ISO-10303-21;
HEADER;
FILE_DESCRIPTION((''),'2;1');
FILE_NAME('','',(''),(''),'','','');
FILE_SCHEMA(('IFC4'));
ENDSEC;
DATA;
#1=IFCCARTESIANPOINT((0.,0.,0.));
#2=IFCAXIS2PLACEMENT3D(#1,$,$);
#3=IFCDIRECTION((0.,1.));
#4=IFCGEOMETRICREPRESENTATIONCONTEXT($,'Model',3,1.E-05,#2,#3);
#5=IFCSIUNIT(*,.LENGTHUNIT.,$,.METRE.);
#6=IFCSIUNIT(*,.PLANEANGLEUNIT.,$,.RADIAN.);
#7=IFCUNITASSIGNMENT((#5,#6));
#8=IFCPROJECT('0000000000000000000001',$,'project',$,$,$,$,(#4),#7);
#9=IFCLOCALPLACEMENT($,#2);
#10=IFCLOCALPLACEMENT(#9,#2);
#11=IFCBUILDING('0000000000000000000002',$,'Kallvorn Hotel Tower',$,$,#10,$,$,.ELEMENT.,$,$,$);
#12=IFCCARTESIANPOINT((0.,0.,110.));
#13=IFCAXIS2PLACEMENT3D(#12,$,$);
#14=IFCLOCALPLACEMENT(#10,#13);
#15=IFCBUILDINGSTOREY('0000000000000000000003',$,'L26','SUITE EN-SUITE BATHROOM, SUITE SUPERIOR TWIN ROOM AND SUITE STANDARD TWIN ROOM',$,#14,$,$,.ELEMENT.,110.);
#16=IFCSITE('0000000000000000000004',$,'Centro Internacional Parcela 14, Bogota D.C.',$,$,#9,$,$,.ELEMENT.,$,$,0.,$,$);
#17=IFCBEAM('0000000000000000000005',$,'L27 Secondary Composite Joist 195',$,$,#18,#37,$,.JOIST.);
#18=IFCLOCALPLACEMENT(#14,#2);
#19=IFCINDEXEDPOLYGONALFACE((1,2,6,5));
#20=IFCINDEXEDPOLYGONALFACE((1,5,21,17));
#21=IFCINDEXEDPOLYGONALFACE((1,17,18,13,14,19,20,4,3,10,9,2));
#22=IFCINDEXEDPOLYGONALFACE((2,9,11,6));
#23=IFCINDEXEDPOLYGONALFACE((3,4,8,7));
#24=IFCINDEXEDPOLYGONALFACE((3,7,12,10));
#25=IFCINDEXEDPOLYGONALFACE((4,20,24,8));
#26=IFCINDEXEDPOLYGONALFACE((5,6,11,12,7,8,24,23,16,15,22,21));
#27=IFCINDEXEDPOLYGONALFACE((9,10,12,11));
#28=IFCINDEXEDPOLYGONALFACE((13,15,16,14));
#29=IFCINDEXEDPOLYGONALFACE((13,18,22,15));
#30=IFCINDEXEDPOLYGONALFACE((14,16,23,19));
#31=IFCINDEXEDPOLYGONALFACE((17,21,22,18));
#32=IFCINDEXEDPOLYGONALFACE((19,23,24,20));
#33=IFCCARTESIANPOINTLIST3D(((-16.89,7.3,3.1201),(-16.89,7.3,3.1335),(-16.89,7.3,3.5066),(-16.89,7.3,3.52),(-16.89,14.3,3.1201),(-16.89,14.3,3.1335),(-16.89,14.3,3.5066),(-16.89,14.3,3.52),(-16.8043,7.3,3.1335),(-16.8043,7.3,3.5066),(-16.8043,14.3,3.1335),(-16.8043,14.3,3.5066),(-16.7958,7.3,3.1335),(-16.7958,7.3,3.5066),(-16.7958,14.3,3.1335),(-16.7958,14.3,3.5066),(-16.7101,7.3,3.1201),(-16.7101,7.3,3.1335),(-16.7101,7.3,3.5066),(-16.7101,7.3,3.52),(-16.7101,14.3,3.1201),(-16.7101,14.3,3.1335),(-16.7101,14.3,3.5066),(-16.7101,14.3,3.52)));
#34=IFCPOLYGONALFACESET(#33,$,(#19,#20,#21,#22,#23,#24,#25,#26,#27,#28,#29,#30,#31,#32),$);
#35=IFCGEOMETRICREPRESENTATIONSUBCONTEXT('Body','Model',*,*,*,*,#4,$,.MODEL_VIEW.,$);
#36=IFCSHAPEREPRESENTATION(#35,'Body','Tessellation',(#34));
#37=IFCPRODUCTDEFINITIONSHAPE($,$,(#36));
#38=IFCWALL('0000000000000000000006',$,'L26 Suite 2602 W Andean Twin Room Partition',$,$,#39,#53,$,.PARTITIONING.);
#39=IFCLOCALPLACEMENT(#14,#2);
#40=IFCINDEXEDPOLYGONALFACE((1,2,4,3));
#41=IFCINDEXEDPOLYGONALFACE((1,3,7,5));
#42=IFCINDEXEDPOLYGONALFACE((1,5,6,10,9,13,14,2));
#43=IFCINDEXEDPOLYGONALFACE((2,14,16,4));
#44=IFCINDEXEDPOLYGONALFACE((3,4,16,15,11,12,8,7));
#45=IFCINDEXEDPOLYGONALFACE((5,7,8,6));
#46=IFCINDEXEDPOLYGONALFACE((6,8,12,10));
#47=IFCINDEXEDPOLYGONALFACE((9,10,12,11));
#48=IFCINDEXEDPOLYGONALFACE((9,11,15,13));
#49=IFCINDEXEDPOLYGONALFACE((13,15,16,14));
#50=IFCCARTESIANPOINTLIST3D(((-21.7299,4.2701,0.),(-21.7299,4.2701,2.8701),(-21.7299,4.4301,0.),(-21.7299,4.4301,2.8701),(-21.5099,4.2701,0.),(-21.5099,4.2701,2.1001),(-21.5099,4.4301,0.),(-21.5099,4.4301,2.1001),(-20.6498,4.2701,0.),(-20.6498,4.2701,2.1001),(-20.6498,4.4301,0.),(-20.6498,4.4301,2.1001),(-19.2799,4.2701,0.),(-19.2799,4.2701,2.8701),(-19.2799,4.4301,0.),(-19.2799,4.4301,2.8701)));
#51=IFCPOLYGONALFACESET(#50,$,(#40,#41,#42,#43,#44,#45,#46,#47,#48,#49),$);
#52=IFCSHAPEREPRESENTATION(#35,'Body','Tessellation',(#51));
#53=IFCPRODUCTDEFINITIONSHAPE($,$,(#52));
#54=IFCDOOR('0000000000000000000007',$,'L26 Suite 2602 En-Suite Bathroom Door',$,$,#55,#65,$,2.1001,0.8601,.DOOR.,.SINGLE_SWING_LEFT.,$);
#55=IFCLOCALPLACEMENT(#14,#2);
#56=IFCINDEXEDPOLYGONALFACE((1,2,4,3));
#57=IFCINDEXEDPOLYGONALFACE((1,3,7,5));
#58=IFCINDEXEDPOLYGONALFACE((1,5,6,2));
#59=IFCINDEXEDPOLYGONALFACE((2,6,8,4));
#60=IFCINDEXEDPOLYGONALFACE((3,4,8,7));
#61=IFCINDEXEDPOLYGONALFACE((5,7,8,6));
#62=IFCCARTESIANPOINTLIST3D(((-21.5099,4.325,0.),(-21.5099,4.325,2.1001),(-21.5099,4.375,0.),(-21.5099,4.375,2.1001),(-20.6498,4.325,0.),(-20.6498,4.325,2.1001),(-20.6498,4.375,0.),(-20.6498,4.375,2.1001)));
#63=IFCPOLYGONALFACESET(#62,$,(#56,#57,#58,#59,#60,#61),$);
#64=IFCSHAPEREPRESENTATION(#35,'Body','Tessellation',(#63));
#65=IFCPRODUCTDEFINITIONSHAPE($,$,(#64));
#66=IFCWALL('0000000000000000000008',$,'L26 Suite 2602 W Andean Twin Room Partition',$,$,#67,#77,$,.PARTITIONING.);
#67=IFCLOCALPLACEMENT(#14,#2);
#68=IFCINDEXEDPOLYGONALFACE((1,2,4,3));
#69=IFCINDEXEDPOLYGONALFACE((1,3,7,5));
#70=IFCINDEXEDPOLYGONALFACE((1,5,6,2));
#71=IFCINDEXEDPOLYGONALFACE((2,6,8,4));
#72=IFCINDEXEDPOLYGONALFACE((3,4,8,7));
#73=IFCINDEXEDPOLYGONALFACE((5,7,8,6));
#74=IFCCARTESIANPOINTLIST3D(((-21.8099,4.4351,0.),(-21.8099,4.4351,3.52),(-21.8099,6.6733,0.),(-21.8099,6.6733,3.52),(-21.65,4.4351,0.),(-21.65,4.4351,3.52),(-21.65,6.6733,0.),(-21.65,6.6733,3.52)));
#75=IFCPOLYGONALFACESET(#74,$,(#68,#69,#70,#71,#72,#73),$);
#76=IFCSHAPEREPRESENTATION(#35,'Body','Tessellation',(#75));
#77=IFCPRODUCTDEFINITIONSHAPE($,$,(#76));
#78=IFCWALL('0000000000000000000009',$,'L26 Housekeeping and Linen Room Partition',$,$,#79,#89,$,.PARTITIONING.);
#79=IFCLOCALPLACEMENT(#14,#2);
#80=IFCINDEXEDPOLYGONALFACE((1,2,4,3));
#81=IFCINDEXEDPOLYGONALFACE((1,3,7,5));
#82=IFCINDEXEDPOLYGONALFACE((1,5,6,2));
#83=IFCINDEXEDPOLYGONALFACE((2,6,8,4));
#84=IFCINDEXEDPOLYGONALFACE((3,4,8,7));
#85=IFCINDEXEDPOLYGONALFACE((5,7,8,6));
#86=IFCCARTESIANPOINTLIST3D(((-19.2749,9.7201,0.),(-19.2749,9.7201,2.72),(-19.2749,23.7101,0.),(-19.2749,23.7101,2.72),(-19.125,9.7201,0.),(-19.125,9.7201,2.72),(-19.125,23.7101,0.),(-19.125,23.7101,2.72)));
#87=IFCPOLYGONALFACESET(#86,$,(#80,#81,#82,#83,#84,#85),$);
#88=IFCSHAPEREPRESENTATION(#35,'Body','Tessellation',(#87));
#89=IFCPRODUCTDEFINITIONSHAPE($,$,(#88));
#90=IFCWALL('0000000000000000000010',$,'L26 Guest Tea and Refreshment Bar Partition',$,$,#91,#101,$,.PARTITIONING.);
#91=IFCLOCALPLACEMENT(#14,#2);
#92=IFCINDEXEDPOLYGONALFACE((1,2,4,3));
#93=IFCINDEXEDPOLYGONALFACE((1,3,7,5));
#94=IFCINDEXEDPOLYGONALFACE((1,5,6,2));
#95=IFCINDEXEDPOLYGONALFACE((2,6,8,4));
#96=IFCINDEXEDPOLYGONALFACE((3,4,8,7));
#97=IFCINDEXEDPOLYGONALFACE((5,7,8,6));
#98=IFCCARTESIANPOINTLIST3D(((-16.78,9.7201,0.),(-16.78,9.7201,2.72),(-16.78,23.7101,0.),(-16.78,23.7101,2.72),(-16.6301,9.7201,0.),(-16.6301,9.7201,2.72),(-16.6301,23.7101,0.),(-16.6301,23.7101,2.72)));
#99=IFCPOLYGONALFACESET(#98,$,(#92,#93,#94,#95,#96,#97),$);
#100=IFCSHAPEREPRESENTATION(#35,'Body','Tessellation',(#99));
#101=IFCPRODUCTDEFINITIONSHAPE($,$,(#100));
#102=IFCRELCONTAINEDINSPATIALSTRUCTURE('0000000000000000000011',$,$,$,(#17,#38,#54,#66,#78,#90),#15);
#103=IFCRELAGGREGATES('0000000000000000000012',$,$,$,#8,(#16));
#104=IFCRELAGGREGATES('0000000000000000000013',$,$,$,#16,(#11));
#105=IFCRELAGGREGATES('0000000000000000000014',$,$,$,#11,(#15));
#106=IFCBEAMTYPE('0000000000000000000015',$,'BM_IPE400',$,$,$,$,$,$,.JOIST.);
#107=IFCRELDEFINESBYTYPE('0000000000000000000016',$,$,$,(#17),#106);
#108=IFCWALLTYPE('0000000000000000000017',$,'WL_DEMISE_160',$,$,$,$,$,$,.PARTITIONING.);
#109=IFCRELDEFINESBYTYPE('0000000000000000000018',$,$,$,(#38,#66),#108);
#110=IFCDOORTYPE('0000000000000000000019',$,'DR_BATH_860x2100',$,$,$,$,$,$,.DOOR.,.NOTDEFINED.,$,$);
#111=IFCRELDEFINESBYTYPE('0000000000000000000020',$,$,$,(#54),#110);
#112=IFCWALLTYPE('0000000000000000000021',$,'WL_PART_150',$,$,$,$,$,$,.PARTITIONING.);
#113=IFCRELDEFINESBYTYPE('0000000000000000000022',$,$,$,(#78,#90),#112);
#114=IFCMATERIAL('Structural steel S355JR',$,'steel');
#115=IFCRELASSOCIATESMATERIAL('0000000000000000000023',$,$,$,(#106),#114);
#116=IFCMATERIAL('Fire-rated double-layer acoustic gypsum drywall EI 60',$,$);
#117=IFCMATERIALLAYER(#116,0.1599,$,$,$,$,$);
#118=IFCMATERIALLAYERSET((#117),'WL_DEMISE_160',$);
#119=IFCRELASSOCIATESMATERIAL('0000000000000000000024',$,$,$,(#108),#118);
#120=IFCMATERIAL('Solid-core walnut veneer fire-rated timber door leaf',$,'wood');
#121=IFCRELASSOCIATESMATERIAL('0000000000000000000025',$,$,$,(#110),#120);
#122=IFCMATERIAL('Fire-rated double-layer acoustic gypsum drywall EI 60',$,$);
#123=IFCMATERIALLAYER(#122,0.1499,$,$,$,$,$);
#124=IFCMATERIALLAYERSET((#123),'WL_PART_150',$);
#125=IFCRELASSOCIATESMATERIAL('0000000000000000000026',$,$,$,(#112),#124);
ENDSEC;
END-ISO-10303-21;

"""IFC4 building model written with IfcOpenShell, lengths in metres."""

from ifc_helpers import new_model, si_unit, direction, frame, frame_2d, origin, origin_2d, place, context, subcontext, project, spatial, rectangle, i_section, extrude, material, layer, layer_set, material_profile, profile_set, type_object, element, fill, save


model = new_model("IFC4")

# Units and contexts
model_context = context("Model", 3, precision=1e-05, world=origin(), true_north=direction((0.0, 1.0)))
body_context = subcontext(model_context, "Body", "Model", "MODEL_VIEW")
ifc_project = project(units=[si_unit("LENGTHUNIT", "METRE"), si_unit("PLANEANGLEUNIT", "RADIAN")], contexts=[model_context])

# Site, building, storey
site_placement = place(None, origin())
site = spatial("IfcSite", under=ifc_project, at=site_placement, Name="Centro Internacional Parcela 14, Bogota D.C.", CompositionType="ELEMENT", RefElevation=0.0)
building_placement = place(site_placement, origin())
building = spatial("IfcBuilding", under=site, at=building_placement, Name="Kallvorn Hotel Tower", CompositionType="ELEMENT")
storey_placement = place(building_placement, frame((0.0, 0.0, 110.0)))
storey = spatial("IfcBuildingStorey", under=building, at=storey_placement, Name="L26", Description="SUITE EN-SUITE BATHROOM, SUITE SUPERIOR TWIN ROOM AND SUITE STANDARD TWIN ROOM", CompositionType="ELEMENT", Elevation=110.0)

# Beam
ifc_material_1 = material(Name="Structural steel S355JR", Category="steel")
ifc_material_profile_1 = material_profile(ifc_material_1, i_section(OverallWidth=0.1799, OverallDepth=0.3999, WebThickness=0.0085, FlangeThickness=0.0134, at=origin_2d()), Name="IPE 400")
ifc_profile_set_1 = profile_set([ifc_material_profile_1], Name="Structural steel S355JR")
beam_type_1 = type_object("IfcBeamType", Name="BM_IPE400", PredefinedType="JOIST", material=ifc_profile_set_1)
for number, where, z_axis, x_axis, name in (
    (1, (-16.8, 7.3, 3.3201), (0.0, 1.0, 0.0), (-1.0, 0.0, 0.0), "L27 Secondary Composite Joist 195"),
):
    element("IfcBeam", number, at=place(storey_placement, frame(where, z_axis=z_axis, x_axis=x_axis)), inside=storey, type_object=beam_type_1, Name=name, PredefinedType="JOIST", context=body_context, shape_type="SweptSolid", body=[
        extrude(i_section(OverallWidth=0.1799, OverallDepth=0.3999, WebThickness=0.0085, FlangeThickness=0.0134, at=origin_2d()), origin(), (0.0, 0.0, 1.0), 7.0),
    ])

# Wall, opening, door
ifc_material_2 = material(Name="Fire-rated double-layer acoustic gypsum drywall EI 60")
ifc_layer_1 = layer(ifc_material_2, 0.1599)
ifc_layer_set_1 = layer_set([ifc_layer_1], Name="WL_DEMISE_160")
wall_type_1 = type_object("IfcWallType", Name="WL_DEMISE_160", PredefinedType="PARTITIONING", material=ifc_layer_set_1)
wall_1_placement = place(storey_placement, frame((-21.73, 4.3501, 0.0), z_axis=(0.0, 0.0, 1.0), x_axis=(1.0, 0.0, 0.0)))
wall_1 = element("IfcWall", 2, at=wall_1_placement, inside=storey, type_object=wall_type_1, Name="L26 Suite 2602 W Andean Twin Room Partition", PredefinedType="PARTITIONING", context=body_context, shape_type="SweptSolid", body=[
    extrude(rectangle(XDim=2.45, YDim=0.1599, at=frame_2d((1.2251, 0.0))), origin(), (0.0, 0.0, 1.0), 2.8701),
])
opening_placement = place(wall_1_placement, frame((0.22, 0.0, 0.0)))
opening = element("IfcOpeningElement", 3, at=opening_placement, cuts=wall_1, PredefinedType="OPENING", context=body_context, shape_type="SweptSolid", body=[
    extrude(rectangle(XDim=0.8601, YDim=2.1001, at=frame_2d((0.4302, 1.05))), frame((0.0, 0.095, 0.0), z_axis=(0.0, -1.0, 0.0), x_axis=(1.0, 0.0, 0.0)), (0.0, 0.0, 1.0), 0.1899),
])
ifc_material_3 = material(Name="Solid-core walnut veneer fire-rated timber door leaf", Category="wood")
door_type = type_object("IfcDoorType", Name="DR_BATH_860x2100", OperationType="NOTDEFINED", PredefinedType="DOOR", material=ifc_material_3)
door_placement = place(opening_placement, origin())
door = element("IfcDoor", 4, at=door_placement, inside=storey, type_object=door_type, Name="L26 Suite 2602 En-Suite Bathroom Door", OperationType="SINGLE_SWING_LEFT", OverallHeight=2.1001, OverallWidth=0.8601, PredefinedType="DOOR", context=body_context, shape_type="SweptSolid", body=[
    extrude(rectangle(XDim=0.8601, YDim=2.1001, at=frame_2d((0.4302, 1.05))), frame((0.0, 0.0249, 0.0), z_axis=(0.0, -1.0, 0.0), x_axis=(1.0, 0.0, 0.0)), (0.0, 0.0, 1.0), 0.05),
])
fill(opening, door)

# Walls
wall_2_placement = place(storey_placement, frame((-21.73, 4.4351, 0.0), z_axis=(0.0, 0.0, 1.0), x_axis=(0.0, 1.0, 0.0)))
element("IfcWall", 5, at=wall_2_placement, inside=storey, type_object=wall_type_1, Name="L26 Suite 2602 W Andean Twin Room Partition", PredefinedType="PARTITIONING", context=body_context, shape_type="SweptSolid", body=[
    extrude(rectangle(XDim=2.2383, YDim=0.1599, at=frame_2d((1.1191, 0.0))), origin(), (0.0, 0.0, 1.0), 3.52),
])
ifc_material_4 = material(Name="Fire-rated double-layer acoustic gypsum drywall EI 60")
ifc_layer_2 = layer(ifc_material_4, 0.1499)
ifc_layer_set_2 = layer_set([ifc_layer_2], Name="WL_PART_150")
wall_type_2 = type_object("IfcWallType", Name="WL_PART_150", PredefinedType="PARTITIONING", material=ifc_layer_set_2)
for number, where, z_axis, x_axis, name in (
    (6, (-19.2, 9.72, 0.0), (0.0, 0.0, 1.0), (0.0, 1.0, 0.0), "L26 Housekeeping and Linen Room Partition"),
    (7, (-16.7051, 9.72, 0.0), (0.0, 0.0, 1.0), (0.0, 1.0, 0.0), "L26 Guest Tea and Refreshment Bar Partition"),
):
    element("IfcWall", number, at=place(storey_placement, frame(where, z_axis=z_axis, x_axis=x_axis)), inside=storey, type_object=wall_type_2, Name=name, PredefinedType="PARTITIONING", context=body_context, shape_type="SweptSolid", body=[
        extrude(rectangle(XDim=13.99, YDim=0.1499, at=frame_2d((6.9951, 0.0))), origin(), (0.0, 0.0, 1.0), 2.72),
    ])

save(model, "model.ifc")
